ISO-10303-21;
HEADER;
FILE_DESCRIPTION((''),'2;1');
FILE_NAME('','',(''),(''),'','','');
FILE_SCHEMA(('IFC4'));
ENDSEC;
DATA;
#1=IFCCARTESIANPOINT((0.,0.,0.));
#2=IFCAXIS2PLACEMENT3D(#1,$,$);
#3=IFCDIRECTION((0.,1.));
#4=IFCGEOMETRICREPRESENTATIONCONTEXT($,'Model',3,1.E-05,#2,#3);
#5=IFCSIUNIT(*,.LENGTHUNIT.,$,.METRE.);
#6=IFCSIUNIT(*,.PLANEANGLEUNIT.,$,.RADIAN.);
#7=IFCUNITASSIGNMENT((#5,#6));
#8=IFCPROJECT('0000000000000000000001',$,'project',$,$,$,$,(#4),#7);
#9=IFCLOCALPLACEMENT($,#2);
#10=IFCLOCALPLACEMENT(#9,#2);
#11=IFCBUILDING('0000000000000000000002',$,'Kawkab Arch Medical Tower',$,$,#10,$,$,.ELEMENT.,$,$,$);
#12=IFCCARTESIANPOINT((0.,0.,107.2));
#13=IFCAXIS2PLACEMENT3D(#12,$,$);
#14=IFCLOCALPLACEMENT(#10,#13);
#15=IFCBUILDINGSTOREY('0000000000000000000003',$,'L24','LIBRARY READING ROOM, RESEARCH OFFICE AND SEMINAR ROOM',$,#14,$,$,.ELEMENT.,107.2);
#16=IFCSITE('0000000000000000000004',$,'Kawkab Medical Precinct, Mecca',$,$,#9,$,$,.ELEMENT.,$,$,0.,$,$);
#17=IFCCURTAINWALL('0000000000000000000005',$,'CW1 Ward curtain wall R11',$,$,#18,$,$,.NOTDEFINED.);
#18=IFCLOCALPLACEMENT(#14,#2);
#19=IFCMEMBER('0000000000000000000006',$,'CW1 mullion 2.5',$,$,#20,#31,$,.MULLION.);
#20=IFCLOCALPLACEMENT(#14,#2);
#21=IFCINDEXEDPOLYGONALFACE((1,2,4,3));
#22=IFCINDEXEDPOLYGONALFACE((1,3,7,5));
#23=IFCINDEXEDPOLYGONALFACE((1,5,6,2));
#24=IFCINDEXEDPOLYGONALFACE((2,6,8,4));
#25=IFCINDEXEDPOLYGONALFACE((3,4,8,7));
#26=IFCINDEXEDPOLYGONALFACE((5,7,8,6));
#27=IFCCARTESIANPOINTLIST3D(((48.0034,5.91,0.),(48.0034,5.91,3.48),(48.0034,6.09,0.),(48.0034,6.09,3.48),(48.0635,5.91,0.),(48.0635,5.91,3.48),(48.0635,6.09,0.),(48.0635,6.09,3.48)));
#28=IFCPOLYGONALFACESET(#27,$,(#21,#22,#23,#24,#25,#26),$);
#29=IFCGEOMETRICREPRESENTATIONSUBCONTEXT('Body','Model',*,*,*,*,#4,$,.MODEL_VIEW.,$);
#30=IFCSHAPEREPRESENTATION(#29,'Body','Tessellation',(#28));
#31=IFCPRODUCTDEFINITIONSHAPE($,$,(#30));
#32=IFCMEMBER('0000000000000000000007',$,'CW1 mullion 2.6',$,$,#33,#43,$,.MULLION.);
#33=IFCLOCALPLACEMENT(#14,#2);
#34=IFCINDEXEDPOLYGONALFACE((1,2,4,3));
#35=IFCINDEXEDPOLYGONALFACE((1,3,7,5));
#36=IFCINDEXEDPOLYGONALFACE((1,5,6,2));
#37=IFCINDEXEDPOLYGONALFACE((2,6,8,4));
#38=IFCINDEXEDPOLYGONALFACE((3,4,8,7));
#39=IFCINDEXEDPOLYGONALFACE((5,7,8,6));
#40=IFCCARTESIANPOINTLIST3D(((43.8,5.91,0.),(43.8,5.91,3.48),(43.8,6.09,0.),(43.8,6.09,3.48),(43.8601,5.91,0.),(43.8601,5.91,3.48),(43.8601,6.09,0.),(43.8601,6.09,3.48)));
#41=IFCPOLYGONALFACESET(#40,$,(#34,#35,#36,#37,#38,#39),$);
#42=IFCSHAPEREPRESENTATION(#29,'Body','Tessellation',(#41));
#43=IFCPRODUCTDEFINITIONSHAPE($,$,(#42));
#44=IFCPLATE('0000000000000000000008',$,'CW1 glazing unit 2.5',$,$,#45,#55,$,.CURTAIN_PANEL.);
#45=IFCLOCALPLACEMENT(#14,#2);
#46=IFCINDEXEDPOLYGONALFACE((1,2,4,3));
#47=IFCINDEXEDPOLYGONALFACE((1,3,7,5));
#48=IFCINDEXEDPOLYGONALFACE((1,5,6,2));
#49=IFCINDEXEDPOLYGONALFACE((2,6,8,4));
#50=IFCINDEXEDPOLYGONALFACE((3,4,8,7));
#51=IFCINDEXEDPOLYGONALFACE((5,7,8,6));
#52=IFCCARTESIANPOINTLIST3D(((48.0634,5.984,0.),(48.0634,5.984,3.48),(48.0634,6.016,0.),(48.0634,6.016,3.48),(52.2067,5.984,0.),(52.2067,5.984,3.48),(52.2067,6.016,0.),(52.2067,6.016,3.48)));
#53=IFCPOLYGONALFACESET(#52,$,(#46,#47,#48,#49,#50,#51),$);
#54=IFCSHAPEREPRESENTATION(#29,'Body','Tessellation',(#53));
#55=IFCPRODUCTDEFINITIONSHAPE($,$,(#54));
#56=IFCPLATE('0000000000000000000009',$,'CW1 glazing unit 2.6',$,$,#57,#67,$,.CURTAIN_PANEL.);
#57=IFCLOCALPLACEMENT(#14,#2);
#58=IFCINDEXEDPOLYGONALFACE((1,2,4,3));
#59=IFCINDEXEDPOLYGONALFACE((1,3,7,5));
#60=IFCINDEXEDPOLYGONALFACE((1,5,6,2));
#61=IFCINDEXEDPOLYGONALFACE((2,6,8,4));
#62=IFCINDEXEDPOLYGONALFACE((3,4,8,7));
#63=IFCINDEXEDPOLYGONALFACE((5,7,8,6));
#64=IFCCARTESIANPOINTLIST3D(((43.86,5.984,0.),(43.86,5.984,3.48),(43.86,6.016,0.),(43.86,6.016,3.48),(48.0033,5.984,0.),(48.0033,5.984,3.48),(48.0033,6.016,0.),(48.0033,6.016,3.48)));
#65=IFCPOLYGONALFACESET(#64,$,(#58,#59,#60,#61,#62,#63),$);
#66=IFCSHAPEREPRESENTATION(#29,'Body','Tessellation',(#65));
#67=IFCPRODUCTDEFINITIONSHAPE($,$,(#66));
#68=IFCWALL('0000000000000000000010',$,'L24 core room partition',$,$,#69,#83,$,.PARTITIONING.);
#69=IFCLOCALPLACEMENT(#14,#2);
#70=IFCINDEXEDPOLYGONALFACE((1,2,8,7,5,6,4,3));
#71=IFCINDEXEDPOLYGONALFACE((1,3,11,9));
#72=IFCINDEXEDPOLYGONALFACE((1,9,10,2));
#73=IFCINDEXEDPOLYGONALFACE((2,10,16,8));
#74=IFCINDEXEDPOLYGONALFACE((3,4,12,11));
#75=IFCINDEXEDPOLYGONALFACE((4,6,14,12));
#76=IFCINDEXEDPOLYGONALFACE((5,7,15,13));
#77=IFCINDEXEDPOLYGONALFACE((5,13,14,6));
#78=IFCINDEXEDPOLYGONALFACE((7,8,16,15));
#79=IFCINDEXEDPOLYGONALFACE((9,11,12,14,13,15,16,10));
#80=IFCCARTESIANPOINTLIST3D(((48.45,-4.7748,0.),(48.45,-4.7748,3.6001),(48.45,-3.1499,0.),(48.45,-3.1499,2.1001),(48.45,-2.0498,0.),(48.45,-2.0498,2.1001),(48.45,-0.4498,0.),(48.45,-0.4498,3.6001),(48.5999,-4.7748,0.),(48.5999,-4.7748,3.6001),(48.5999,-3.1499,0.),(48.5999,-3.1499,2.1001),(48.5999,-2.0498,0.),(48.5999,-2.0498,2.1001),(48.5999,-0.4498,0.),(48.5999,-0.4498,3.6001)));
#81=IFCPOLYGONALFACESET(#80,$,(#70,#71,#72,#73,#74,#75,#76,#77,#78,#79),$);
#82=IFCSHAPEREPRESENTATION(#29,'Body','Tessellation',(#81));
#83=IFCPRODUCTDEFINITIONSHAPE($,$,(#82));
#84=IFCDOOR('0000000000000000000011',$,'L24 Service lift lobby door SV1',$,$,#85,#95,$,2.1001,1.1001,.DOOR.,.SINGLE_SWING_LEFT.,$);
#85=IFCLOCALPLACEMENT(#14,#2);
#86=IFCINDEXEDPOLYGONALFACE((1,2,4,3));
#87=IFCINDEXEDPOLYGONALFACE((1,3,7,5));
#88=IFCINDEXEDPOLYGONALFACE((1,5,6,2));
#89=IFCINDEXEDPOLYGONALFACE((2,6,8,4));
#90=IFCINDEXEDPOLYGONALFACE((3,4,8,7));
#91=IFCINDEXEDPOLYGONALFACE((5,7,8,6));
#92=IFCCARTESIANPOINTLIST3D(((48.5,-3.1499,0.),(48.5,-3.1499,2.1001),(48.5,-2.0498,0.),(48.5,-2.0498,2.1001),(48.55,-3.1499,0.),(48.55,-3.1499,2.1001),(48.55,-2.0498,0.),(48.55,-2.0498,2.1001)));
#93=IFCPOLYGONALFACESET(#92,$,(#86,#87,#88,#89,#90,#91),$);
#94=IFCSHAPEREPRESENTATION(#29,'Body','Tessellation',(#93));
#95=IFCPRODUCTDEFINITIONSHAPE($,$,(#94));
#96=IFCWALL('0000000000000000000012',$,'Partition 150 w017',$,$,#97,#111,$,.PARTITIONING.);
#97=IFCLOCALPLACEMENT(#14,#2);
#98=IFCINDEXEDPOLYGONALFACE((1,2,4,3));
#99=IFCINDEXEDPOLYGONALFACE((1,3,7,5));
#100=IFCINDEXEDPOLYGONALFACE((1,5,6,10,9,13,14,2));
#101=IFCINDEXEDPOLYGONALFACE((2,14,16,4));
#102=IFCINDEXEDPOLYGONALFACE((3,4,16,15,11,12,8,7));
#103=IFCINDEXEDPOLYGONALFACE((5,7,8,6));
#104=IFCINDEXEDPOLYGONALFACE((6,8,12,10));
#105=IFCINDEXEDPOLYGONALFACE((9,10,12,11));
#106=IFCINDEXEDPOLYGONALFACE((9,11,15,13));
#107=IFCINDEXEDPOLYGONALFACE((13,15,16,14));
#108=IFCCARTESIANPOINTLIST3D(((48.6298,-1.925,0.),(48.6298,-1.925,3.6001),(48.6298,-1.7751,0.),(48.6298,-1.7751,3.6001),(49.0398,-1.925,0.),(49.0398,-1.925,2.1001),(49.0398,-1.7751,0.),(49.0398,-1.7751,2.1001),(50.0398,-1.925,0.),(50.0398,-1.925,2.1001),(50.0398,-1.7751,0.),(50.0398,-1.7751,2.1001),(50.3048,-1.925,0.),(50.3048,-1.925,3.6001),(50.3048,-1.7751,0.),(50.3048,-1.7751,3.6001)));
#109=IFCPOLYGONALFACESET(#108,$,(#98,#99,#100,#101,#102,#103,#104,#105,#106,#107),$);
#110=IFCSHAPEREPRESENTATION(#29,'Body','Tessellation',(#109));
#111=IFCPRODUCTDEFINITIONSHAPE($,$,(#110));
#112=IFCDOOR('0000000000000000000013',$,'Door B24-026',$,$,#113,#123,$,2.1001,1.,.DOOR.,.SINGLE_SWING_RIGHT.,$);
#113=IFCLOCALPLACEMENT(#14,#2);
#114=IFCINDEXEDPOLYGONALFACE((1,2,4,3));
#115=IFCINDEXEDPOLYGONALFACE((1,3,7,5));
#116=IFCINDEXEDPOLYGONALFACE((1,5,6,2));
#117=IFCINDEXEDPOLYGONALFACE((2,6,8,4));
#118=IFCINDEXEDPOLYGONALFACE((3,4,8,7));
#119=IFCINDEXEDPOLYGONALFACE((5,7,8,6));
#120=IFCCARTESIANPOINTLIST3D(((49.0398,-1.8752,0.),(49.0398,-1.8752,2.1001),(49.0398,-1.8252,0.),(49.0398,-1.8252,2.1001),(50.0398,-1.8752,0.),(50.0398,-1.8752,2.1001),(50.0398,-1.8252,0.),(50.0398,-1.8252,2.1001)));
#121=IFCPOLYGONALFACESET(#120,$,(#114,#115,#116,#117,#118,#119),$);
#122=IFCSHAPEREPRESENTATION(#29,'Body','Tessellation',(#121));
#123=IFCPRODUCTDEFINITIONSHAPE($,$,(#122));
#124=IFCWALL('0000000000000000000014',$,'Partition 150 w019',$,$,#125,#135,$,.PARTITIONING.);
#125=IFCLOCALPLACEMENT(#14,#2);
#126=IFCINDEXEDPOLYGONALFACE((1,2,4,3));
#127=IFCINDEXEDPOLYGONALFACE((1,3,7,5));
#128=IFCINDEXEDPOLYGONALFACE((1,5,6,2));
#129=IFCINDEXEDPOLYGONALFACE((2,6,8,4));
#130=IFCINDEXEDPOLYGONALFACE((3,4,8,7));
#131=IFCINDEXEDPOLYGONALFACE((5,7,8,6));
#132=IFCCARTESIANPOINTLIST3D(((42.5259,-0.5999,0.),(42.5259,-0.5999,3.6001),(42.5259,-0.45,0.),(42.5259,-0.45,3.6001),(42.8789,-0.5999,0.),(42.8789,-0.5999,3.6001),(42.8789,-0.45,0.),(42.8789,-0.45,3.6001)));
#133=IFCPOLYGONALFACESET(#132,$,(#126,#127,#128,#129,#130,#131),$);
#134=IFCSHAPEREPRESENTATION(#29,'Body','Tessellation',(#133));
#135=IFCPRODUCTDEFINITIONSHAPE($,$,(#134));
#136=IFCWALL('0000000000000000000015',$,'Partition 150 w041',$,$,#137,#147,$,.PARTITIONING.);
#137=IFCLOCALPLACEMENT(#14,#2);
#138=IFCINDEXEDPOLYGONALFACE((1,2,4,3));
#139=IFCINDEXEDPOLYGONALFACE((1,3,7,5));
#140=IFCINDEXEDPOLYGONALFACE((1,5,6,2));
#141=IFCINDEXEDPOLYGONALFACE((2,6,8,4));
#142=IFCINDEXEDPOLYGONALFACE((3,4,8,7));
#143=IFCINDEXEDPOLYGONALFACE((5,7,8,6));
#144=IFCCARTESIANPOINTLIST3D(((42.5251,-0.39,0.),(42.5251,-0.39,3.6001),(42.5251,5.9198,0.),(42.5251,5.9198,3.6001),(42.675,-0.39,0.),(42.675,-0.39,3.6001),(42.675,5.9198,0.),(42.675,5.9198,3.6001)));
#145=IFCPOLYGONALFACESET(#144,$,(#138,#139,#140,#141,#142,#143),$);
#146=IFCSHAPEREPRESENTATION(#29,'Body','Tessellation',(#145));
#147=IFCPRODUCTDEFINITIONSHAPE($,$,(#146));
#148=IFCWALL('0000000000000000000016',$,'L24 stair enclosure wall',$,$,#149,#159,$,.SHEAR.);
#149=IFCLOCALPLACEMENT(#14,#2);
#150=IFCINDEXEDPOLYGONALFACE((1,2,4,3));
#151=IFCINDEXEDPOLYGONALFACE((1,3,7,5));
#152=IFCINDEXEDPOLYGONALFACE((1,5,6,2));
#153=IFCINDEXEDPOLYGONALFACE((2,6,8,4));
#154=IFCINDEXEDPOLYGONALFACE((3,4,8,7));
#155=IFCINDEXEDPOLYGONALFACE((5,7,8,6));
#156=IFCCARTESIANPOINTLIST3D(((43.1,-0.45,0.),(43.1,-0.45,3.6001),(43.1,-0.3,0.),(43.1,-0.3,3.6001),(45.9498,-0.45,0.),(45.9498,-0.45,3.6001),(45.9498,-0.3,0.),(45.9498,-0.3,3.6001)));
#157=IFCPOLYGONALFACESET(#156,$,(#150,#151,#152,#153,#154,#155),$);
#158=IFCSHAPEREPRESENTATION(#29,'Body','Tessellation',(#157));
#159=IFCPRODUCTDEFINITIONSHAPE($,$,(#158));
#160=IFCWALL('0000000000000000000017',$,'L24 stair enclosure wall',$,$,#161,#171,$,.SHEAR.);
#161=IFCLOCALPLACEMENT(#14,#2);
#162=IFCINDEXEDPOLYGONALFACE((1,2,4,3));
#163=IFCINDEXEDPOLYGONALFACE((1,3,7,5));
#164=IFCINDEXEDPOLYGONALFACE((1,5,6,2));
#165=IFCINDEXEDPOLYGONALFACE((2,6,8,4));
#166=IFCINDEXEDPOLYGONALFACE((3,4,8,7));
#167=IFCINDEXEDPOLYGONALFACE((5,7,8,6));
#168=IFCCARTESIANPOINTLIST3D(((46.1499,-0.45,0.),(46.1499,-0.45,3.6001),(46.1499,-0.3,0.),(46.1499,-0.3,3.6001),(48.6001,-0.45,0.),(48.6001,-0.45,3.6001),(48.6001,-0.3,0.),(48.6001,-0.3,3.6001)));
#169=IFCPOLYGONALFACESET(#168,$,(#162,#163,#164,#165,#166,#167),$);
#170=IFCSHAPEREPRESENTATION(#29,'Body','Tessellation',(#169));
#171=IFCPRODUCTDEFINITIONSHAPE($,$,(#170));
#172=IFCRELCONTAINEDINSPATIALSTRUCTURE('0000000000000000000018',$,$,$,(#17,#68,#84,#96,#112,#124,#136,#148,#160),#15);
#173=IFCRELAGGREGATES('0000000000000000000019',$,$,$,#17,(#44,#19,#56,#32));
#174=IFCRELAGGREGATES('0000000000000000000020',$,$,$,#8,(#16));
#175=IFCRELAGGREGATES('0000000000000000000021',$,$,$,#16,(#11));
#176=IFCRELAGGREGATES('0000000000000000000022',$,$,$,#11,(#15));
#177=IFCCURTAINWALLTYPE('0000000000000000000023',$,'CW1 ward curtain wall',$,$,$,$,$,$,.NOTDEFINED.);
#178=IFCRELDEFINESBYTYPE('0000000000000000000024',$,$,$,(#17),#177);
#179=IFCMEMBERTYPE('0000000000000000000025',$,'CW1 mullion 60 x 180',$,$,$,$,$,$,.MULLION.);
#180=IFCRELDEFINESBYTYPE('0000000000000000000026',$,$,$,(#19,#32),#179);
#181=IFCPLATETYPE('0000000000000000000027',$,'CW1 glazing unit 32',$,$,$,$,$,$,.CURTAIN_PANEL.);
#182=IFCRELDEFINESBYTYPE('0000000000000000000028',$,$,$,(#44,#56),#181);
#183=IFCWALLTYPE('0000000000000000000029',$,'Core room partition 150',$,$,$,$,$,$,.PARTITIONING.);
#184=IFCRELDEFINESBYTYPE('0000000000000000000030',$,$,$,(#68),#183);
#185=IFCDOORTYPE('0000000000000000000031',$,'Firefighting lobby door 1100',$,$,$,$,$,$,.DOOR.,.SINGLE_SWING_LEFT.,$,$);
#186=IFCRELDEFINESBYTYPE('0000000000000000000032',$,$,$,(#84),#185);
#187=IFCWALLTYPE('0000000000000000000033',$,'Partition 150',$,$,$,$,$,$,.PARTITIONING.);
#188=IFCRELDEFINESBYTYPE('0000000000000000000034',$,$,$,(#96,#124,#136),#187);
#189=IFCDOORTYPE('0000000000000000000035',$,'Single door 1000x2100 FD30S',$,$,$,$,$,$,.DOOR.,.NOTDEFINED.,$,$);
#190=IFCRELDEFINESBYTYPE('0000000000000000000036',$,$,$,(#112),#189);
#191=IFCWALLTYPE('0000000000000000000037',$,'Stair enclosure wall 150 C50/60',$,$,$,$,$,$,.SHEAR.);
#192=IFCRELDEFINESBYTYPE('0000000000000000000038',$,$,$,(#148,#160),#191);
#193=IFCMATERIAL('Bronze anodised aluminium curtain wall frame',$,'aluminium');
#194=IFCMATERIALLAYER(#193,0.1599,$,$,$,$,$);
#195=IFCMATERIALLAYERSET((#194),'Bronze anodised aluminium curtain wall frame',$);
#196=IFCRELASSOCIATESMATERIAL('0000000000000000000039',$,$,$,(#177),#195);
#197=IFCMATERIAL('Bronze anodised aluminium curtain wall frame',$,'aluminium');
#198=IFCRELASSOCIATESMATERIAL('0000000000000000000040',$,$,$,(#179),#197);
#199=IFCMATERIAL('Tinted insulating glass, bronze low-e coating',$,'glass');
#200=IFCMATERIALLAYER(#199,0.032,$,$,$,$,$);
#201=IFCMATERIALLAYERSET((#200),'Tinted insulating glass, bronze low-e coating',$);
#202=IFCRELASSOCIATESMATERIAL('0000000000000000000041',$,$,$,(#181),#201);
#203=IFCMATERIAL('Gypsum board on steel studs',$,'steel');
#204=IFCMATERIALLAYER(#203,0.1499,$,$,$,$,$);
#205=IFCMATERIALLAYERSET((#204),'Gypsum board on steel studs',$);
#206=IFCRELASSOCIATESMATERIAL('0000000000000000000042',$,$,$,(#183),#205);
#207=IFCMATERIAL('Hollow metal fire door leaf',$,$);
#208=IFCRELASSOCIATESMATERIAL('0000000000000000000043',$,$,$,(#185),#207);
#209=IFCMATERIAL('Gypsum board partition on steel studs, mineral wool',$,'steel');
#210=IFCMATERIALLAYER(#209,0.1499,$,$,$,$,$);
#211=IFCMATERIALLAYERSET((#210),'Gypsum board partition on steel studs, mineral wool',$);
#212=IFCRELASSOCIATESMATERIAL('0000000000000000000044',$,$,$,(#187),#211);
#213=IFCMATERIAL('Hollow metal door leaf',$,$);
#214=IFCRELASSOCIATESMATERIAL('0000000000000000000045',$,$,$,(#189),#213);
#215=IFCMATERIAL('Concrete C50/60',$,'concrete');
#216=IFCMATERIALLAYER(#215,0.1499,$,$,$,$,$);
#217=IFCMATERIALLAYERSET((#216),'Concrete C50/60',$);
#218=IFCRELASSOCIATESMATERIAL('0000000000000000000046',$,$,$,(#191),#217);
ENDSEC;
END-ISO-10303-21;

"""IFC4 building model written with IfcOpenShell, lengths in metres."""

from ifc_helpers import new_model, si_unit, direction, frame, frame_2d, origin, origin_2d, place, context, subcontext, project, spatial, rectangle, extrude, material, layer, layer_set, material_profile, profile_set, type_object, element, fill, aggregate, save


model = new_model("IFC4")

# Units and contexts
model_context = context("Model", 3, precision=1e-05, world=origin(), true_north=direction((0.0, 1.0)))
body_context = subcontext(model_context, "Body", "Model", "MODEL_VIEW")
ifc_project = project(units=[si_unit("LENGTHUNIT", "METRE"), si_unit("PLANEANGLEUNIT", "RADIAN")], contexts=[model_context])

# Site, building, storey
site_placement = place(None, origin())
site = spatial("IfcSite", under=ifc_project, at=site_placement, Name="Kawkab Medical Precinct, Mecca", CompositionType="ELEMENT", RefElevation=0.0)
building_placement = place(site_placement, origin())
building = spatial("IfcBuilding", under=site, at=building_placement, Name="Kawkab Arch Medical Tower", CompositionType="ELEMENT")
storey_placement = place(building_placement, frame((0.0, 0.0, 107.2)))
storey = spatial("IfcBuildingStorey", under=building, at=storey_placement, Name="L24", Description="LIBRARY READING ROOM, RESEARCH OFFICE AND SEMINAR ROOM", CompositionType="ELEMENT", Elevation=107.2)

# Curtain wall, members, plates
ifc_material_1 = material(Name="Bronze anodised aluminium curtain wall frame", Category="aluminium")
ifc_layer_1 = layer(ifc_material_1, 0.1599)
ifc_layer_set_1 = layer_set([ifc_layer_1], Name="Bronze anodised aluminium curtain wall frame")
curtain_wall_type = type_object("IfcCurtainWallType", Name="CW1 ward curtain wall", PredefinedType="NOTDEFINED", material=ifc_layer_set_1)
placement = place(storey_placement, origin())
curtain_wall = element("IfcCurtainWall", 1, at=placement, inside=storey, type_object=curtain_wall_type, Name="CW1 Ward curtain wall R11", PredefinedType="NOTDEFINED")
ifc_material_2 = material(Name="Bronze anodised aluminium curtain wall frame", Category="aluminium")
ifc_material_profile_1 = material_profile(ifc_material_2, rectangle(XDim=0.1799, YDim=0.0601, at=origin_2d()), Name="AL 60x180")
ifc_profile_set_1 = profile_set([ifc_material_profile_1], Name="Bronze anodised aluminium curtain wall frame")
member_type = type_object("IfcMemberType", Name="CW1 mullion 60 x 180", PredefinedType="MULLION", material=ifc_profile_set_1)
member_1_placement = place(storey_placement, frame((48.0334, 6.0, 0.0), z_axis=(0.0, 0.0, 1.0), x_axis=(0.0, -1.0, 0.0)))
member_1 = element("IfcMember", 2, at=member_1_placement, type_object=member_type, Name="CW1 mullion 2.5", PredefinedType="MULLION", context=body_context, shape_type="SweptSolid", body=[
    extrude(rectangle(XDim=0.1799, YDim=0.0601, at=origin_2d()), origin(), (0.0, 0.0, 1.0), 3.48),
])
member_2_placement = place(storey_placement, frame((43.8301, 6.0, 0.0), z_axis=(0.0, 0.0, 1.0), x_axis=(0.0, -1.0, 0.0)))
member_2 = element("IfcMember", 3, at=member_2_placement, type_object=member_type, Name="CW1 mullion 2.6", PredefinedType="MULLION", context=body_context, shape_type="SweptSolid", body=[
    extrude(rectangle(XDim=0.1799, YDim=0.0601, at=origin_2d()), origin(), (0.0, 0.0, 1.0), 3.48),
])
ifc_material_3 = material(Name="Tinted insulating glass, bronze low-e coating", Category="glass")
ifc_layer_2 = layer(ifc_material_3, 0.032)
ifc_layer_set_2 = layer_set([ifc_layer_2], Name="Tinted insulating glass, bronze low-e coating")
plate_type = type_object("IfcPlateType", Name="CW1 glazing unit 32", PredefinedType="CURTAIN_PANEL", material=ifc_layer_set_2)
plate_1_placement = place(storey_placement, frame((50.135, 6.0, 0.0), z_axis=(0.0, 0.0, 1.0), x_axis=(-1.0, 0.0, 0.0)))
plate_1 = element("IfcPlate", 4, at=plate_1_placement, type_object=plate_type, Name="CW1 glazing unit 2.5", PredefinedType="CURTAIN_PANEL", context=body_context, shape_type="SweptSolid", body=[
    extrude(rectangle(XDim=4.1433, YDim=0.032, at=origin_2d()), origin(), (0.0, 0.0, 1.0), 3.48),
])
plate_2_placement = place(storey_placement, frame((45.9316, 6.0, 0.0), z_axis=(0.0, 0.0, 1.0), x_axis=(-1.0, 0.0, 0.0)))
plate_2 = element("IfcPlate", 5, at=plate_2_placement, type_object=plate_type, Name="CW1 glazing unit 2.6", PredefinedType="CURTAIN_PANEL", context=body_context, shape_type="SweptSolid", body=[
    extrude(rectangle(XDim=4.1433, YDim=0.032, at=origin_2d()), origin(), (0.0, 0.0, 1.0), 3.48),
])
aggregate(curtain_wall, [plate_1, member_1, plate_2, member_2])

# Walls, openings, doors
ifc_material_4 = material(Name="Gypsum board on steel studs", Category="steel")
ifc_layer_3 = layer(ifc_material_4, 0.1499)
ifc_layer_set_3 = layer_set([ifc_layer_3], Name="Gypsum board on steel studs")
wall_type_1 = type_object("IfcWallType", Name="Core room partition 150", PredefinedType="PARTITIONING", material=ifc_layer_set_3)
wall_1_placement = place(storey_placement, frame((48.5249, -4.7749, 0.0), z_axis=(0.0, 0.0, 1.0), x_axis=(0.0, 1.0, 0.0)))
wall_1 = element("IfcWall", 6, at=wall_1_placement, inside=storey, type_object=wall_type_1, Name="L24 core room partition", PredefinedType="PARTITIONING", context=body_context, shape_type="SweptSolid", body=[
    extrude(rectangle(XDim=4.325, YDim=0.1499, at=frame_2d((2.1626, 0.0))), origin(), (0.0, 0.0, 1.0), 3.6001),
])
opening_1_placement = place(wall_1_placement, frame((1.625, 0.0, 0.0)))
opening_1 = element("IfcOpeningElement", 7, at=opening_1_placement, cuts=wall_1, PredefinedType="OPENING", context=body_context, shape_type="SweptSolid", body=[
    extrude(rectangle(XDim=1.1001, YDim=2.1001, at=frame_2d((0.55, 1.05))), frame((0.0, 0.085, 0.0), z_axis=(0.0, -1.0, 0.0), x_axis=(1.0, 0.0, 0.0)), (0.0, 0.0, 1.0), 0.1699),
])
ifc_material_5 = material(Name="Hollow metal fire door leaf")
door_type_1 = type_object("IfcDoorType", Name="Firefighting lobby door 1100", OperationType="SINGLE_SWING_LEFT", PredefinedType="DOOR", material=ifc_material_5)
door_1_placement = place(opening_1_placement, origin())
door_1 = element("IfcDoor", 8, at=door_1_placement, inside=storey, type_object=door_type_1, Name="L24 Service lift lobby door SV1", OperationType="SINGLE_SWING_LEFT", OverallHeight=2.1001, OverallWidth=1.1001, PredefinedType="DOOR", context=body_context, shape_type="SweptSolid", body=[
    extrude(rectangle(XDim=1.1001, YDim=2.1001, at=frame_2d((0.55, 1.05))), frame((0.0, 0.0249, 0.0), z_axis=(0.0, -1.0, 0.0), x_axis=(1.0, 0.0, 0.0)), (0.0, 0.0, 1.0), 0.05),
])
fill(opening_1, door_1)
ifc_material_6 = material(Name="Gypsum board partition on steel studs, mineral wool", Category="steel")
ifc_layer_4 = layer(ifc_material_6, 0.1499)
ifc_layer_set_4 = layer_set([ifc_layer_4], Name="Gypsum board partition on steel studs, mineral wool")
wall_type_2 = type_object("IfcWallType", Name="Partition 150", PredefinedType="PARTITIONING", material=ifc_layer_set_4)
wall_2_placement = place(storey_placement, frame((48.6299, -1.8501, 0.0), z_axis=(0.0, 0.0, 1.0), x_axis=(1.0, 0.0, 0.0)))
wall_2 = element("IfcWall", 9, at=wall_2_placement, inside=storey, type_object=wall_type_2, Name="Partition 150 w017", PredefinedType="PARTITIONING", context=body_context, shape_type="SweptSolid", body=[
    extrude(rectangle(XDim=1.675, YDim=0.1499, at=frame_2d((0.8374, 0.0))), origin(), (0.0, 0.0, 1.0), 3.6001),
])
opening_2_placement = place(wall_2_placement, frame((0.4099, 0.0, 0.0)))
opening_2 = element("IfcOpeningElement", 10, at=opening_2_placement, cuts=wall_2, PredefinedType="OPENING", context=body_context, shape_type="SweptSolid", body=[
    extrude(rectangle(XDim=1.0, YDim=2.1001, at=frame_2d((0.5, 1.05))), frame((0.0, 0.085, 0.0), z_axis=(0.0, -1.0, 0.0), x_axis=(1.0, 0.0, 0.0)), (0.0, 0.0, 1.0), 0.1699),
])
ifc_material_7 = material(Name="Hollow metal door leaf")
door_type_2 = type_object("IfcDoorType", Name="Single door 1000x2100 FD30S", OperationType="NOTDEFINED", PredefinedType="DOOR", material=ifc_material_7)
door_2_placement = place(opening_2_placement, origin())
door_2 = element("IfcDoor", 11, at=door_2_placement, inside=storey, type_object=door_type_2, Name="Door B24-026", OperationType="SINGLE_SWING_RIGHT", OverallHeight=2.1001, OverallWidth=1.0, PredefinedType="DOOR", context=body_context, shape_type="SweptSolid", body=[
    extrude(rectangle(XDim=1.0, YDim=2.1001, at=frame_2d((0.5, 1.05))), frame((0.0, 0.0249, 0.0), z_axis=(0.0, -1.0, 0.0), x_axis=(1.0, 0.0, 0.0)), (0.0, 0.0, 1.0), 0.05),
])
fill(opening_2, door_2)

# Walls
wall_3_placement = place(storey_placement, frame((42.5259, -0.5249, 0.0), z_axis=(0.0, 0.0, 1.0), x_axis=(1.0, 0.0, 0.0)))
element("IfcWall", 12, at=wall_3_placement, inside=storey, type_object=wall_type_2, Name="Partition 150 w019", PredefinedType="PARTITIONING", context=body_context, shape_type="SweptSolid", body=[
    extrude(rectangle(XDim=0.353, YDim=0.1499, at=frame_2d((0.1765, 0.0))), origin(), (0.0, 0.0, 1.0), 3.6001),
])
wall_4_placement = place(storey_placement, frame((42.6001, -0.3899, 0.0), z_axis=(0.0, 0.0, 1.0), x_axis=(0.0, 1.0, 0.0)))
element("IfcWall", 13, at=wall_4_placement, inside=storey, type_object=wall_type_2, Name="Partition 150 w041", PredefinedType="PARTITIONING", context=body_context, shape_type="SweptSolid", body=[
    extrude(rectangle(XDim=6.3098, YDim=0.1499, at=frame_2d((3.1548, 0.0))), origin(), (0.0, 0.0, 1.0), 3.6001),
])
ifc_material_8 = material(Name="Concrete C50/60", Category="concrete")
ifc_layer_5 = layer(ifc_material_8, 0.1499)
ifc_layer_set_5 = layer_set([ifc_layer_5], Name="Concrete C50/60")
wall_type_3 = type_object("IfcWallType", Name="Stair enclosure wall 150 C50/60", PredefinedType="SHEAR", material=ifc_layer_set_5)
wall_5_placement = place(storey_placement, frame((43.1001, -0.375, 0.0), z_axis=(0.0, 0.0, 1.0), x_axis=(1.0, 0.0, 0.0)))
element("IfcWall", 14, at=wall_5_placement, inside=storey, type_object=wall_type_3, Name="L24 stair enclosure wall", PredefinedType="SHEAR", context=body_context, shape_type="SweptSolid", body=[
    extrude(rectangle(XDim=2.8499, YDim=0.1499, at=frame_2d((1.4248, 0.0))), origin(), (0.0, 0.0, 1.0), 3.6001),
])
wall_6_placement = place(storey_placement, frame((46.1499, -0.375, 0.0), z_axis=(0.0, 0.0, 1.0), x_axis=(1.0, 0.0, 0.0)))
element("IfcWall", 15, at=wall_6_placement, inside=storey, type_object=wall_type_3, Name="L24 stair enclosure wall", PredefinedType="SHEAR", context=body_context, shape_type="SweptSolid", body=[
    extrude(rectangle(XDim=2.4502, YDim=0.1499, at=frame_2d((1.2251, 0.0))), origin(), (0.0, 0.0, 1.0), 3.6001),
])

save(model, "model.ifc")
